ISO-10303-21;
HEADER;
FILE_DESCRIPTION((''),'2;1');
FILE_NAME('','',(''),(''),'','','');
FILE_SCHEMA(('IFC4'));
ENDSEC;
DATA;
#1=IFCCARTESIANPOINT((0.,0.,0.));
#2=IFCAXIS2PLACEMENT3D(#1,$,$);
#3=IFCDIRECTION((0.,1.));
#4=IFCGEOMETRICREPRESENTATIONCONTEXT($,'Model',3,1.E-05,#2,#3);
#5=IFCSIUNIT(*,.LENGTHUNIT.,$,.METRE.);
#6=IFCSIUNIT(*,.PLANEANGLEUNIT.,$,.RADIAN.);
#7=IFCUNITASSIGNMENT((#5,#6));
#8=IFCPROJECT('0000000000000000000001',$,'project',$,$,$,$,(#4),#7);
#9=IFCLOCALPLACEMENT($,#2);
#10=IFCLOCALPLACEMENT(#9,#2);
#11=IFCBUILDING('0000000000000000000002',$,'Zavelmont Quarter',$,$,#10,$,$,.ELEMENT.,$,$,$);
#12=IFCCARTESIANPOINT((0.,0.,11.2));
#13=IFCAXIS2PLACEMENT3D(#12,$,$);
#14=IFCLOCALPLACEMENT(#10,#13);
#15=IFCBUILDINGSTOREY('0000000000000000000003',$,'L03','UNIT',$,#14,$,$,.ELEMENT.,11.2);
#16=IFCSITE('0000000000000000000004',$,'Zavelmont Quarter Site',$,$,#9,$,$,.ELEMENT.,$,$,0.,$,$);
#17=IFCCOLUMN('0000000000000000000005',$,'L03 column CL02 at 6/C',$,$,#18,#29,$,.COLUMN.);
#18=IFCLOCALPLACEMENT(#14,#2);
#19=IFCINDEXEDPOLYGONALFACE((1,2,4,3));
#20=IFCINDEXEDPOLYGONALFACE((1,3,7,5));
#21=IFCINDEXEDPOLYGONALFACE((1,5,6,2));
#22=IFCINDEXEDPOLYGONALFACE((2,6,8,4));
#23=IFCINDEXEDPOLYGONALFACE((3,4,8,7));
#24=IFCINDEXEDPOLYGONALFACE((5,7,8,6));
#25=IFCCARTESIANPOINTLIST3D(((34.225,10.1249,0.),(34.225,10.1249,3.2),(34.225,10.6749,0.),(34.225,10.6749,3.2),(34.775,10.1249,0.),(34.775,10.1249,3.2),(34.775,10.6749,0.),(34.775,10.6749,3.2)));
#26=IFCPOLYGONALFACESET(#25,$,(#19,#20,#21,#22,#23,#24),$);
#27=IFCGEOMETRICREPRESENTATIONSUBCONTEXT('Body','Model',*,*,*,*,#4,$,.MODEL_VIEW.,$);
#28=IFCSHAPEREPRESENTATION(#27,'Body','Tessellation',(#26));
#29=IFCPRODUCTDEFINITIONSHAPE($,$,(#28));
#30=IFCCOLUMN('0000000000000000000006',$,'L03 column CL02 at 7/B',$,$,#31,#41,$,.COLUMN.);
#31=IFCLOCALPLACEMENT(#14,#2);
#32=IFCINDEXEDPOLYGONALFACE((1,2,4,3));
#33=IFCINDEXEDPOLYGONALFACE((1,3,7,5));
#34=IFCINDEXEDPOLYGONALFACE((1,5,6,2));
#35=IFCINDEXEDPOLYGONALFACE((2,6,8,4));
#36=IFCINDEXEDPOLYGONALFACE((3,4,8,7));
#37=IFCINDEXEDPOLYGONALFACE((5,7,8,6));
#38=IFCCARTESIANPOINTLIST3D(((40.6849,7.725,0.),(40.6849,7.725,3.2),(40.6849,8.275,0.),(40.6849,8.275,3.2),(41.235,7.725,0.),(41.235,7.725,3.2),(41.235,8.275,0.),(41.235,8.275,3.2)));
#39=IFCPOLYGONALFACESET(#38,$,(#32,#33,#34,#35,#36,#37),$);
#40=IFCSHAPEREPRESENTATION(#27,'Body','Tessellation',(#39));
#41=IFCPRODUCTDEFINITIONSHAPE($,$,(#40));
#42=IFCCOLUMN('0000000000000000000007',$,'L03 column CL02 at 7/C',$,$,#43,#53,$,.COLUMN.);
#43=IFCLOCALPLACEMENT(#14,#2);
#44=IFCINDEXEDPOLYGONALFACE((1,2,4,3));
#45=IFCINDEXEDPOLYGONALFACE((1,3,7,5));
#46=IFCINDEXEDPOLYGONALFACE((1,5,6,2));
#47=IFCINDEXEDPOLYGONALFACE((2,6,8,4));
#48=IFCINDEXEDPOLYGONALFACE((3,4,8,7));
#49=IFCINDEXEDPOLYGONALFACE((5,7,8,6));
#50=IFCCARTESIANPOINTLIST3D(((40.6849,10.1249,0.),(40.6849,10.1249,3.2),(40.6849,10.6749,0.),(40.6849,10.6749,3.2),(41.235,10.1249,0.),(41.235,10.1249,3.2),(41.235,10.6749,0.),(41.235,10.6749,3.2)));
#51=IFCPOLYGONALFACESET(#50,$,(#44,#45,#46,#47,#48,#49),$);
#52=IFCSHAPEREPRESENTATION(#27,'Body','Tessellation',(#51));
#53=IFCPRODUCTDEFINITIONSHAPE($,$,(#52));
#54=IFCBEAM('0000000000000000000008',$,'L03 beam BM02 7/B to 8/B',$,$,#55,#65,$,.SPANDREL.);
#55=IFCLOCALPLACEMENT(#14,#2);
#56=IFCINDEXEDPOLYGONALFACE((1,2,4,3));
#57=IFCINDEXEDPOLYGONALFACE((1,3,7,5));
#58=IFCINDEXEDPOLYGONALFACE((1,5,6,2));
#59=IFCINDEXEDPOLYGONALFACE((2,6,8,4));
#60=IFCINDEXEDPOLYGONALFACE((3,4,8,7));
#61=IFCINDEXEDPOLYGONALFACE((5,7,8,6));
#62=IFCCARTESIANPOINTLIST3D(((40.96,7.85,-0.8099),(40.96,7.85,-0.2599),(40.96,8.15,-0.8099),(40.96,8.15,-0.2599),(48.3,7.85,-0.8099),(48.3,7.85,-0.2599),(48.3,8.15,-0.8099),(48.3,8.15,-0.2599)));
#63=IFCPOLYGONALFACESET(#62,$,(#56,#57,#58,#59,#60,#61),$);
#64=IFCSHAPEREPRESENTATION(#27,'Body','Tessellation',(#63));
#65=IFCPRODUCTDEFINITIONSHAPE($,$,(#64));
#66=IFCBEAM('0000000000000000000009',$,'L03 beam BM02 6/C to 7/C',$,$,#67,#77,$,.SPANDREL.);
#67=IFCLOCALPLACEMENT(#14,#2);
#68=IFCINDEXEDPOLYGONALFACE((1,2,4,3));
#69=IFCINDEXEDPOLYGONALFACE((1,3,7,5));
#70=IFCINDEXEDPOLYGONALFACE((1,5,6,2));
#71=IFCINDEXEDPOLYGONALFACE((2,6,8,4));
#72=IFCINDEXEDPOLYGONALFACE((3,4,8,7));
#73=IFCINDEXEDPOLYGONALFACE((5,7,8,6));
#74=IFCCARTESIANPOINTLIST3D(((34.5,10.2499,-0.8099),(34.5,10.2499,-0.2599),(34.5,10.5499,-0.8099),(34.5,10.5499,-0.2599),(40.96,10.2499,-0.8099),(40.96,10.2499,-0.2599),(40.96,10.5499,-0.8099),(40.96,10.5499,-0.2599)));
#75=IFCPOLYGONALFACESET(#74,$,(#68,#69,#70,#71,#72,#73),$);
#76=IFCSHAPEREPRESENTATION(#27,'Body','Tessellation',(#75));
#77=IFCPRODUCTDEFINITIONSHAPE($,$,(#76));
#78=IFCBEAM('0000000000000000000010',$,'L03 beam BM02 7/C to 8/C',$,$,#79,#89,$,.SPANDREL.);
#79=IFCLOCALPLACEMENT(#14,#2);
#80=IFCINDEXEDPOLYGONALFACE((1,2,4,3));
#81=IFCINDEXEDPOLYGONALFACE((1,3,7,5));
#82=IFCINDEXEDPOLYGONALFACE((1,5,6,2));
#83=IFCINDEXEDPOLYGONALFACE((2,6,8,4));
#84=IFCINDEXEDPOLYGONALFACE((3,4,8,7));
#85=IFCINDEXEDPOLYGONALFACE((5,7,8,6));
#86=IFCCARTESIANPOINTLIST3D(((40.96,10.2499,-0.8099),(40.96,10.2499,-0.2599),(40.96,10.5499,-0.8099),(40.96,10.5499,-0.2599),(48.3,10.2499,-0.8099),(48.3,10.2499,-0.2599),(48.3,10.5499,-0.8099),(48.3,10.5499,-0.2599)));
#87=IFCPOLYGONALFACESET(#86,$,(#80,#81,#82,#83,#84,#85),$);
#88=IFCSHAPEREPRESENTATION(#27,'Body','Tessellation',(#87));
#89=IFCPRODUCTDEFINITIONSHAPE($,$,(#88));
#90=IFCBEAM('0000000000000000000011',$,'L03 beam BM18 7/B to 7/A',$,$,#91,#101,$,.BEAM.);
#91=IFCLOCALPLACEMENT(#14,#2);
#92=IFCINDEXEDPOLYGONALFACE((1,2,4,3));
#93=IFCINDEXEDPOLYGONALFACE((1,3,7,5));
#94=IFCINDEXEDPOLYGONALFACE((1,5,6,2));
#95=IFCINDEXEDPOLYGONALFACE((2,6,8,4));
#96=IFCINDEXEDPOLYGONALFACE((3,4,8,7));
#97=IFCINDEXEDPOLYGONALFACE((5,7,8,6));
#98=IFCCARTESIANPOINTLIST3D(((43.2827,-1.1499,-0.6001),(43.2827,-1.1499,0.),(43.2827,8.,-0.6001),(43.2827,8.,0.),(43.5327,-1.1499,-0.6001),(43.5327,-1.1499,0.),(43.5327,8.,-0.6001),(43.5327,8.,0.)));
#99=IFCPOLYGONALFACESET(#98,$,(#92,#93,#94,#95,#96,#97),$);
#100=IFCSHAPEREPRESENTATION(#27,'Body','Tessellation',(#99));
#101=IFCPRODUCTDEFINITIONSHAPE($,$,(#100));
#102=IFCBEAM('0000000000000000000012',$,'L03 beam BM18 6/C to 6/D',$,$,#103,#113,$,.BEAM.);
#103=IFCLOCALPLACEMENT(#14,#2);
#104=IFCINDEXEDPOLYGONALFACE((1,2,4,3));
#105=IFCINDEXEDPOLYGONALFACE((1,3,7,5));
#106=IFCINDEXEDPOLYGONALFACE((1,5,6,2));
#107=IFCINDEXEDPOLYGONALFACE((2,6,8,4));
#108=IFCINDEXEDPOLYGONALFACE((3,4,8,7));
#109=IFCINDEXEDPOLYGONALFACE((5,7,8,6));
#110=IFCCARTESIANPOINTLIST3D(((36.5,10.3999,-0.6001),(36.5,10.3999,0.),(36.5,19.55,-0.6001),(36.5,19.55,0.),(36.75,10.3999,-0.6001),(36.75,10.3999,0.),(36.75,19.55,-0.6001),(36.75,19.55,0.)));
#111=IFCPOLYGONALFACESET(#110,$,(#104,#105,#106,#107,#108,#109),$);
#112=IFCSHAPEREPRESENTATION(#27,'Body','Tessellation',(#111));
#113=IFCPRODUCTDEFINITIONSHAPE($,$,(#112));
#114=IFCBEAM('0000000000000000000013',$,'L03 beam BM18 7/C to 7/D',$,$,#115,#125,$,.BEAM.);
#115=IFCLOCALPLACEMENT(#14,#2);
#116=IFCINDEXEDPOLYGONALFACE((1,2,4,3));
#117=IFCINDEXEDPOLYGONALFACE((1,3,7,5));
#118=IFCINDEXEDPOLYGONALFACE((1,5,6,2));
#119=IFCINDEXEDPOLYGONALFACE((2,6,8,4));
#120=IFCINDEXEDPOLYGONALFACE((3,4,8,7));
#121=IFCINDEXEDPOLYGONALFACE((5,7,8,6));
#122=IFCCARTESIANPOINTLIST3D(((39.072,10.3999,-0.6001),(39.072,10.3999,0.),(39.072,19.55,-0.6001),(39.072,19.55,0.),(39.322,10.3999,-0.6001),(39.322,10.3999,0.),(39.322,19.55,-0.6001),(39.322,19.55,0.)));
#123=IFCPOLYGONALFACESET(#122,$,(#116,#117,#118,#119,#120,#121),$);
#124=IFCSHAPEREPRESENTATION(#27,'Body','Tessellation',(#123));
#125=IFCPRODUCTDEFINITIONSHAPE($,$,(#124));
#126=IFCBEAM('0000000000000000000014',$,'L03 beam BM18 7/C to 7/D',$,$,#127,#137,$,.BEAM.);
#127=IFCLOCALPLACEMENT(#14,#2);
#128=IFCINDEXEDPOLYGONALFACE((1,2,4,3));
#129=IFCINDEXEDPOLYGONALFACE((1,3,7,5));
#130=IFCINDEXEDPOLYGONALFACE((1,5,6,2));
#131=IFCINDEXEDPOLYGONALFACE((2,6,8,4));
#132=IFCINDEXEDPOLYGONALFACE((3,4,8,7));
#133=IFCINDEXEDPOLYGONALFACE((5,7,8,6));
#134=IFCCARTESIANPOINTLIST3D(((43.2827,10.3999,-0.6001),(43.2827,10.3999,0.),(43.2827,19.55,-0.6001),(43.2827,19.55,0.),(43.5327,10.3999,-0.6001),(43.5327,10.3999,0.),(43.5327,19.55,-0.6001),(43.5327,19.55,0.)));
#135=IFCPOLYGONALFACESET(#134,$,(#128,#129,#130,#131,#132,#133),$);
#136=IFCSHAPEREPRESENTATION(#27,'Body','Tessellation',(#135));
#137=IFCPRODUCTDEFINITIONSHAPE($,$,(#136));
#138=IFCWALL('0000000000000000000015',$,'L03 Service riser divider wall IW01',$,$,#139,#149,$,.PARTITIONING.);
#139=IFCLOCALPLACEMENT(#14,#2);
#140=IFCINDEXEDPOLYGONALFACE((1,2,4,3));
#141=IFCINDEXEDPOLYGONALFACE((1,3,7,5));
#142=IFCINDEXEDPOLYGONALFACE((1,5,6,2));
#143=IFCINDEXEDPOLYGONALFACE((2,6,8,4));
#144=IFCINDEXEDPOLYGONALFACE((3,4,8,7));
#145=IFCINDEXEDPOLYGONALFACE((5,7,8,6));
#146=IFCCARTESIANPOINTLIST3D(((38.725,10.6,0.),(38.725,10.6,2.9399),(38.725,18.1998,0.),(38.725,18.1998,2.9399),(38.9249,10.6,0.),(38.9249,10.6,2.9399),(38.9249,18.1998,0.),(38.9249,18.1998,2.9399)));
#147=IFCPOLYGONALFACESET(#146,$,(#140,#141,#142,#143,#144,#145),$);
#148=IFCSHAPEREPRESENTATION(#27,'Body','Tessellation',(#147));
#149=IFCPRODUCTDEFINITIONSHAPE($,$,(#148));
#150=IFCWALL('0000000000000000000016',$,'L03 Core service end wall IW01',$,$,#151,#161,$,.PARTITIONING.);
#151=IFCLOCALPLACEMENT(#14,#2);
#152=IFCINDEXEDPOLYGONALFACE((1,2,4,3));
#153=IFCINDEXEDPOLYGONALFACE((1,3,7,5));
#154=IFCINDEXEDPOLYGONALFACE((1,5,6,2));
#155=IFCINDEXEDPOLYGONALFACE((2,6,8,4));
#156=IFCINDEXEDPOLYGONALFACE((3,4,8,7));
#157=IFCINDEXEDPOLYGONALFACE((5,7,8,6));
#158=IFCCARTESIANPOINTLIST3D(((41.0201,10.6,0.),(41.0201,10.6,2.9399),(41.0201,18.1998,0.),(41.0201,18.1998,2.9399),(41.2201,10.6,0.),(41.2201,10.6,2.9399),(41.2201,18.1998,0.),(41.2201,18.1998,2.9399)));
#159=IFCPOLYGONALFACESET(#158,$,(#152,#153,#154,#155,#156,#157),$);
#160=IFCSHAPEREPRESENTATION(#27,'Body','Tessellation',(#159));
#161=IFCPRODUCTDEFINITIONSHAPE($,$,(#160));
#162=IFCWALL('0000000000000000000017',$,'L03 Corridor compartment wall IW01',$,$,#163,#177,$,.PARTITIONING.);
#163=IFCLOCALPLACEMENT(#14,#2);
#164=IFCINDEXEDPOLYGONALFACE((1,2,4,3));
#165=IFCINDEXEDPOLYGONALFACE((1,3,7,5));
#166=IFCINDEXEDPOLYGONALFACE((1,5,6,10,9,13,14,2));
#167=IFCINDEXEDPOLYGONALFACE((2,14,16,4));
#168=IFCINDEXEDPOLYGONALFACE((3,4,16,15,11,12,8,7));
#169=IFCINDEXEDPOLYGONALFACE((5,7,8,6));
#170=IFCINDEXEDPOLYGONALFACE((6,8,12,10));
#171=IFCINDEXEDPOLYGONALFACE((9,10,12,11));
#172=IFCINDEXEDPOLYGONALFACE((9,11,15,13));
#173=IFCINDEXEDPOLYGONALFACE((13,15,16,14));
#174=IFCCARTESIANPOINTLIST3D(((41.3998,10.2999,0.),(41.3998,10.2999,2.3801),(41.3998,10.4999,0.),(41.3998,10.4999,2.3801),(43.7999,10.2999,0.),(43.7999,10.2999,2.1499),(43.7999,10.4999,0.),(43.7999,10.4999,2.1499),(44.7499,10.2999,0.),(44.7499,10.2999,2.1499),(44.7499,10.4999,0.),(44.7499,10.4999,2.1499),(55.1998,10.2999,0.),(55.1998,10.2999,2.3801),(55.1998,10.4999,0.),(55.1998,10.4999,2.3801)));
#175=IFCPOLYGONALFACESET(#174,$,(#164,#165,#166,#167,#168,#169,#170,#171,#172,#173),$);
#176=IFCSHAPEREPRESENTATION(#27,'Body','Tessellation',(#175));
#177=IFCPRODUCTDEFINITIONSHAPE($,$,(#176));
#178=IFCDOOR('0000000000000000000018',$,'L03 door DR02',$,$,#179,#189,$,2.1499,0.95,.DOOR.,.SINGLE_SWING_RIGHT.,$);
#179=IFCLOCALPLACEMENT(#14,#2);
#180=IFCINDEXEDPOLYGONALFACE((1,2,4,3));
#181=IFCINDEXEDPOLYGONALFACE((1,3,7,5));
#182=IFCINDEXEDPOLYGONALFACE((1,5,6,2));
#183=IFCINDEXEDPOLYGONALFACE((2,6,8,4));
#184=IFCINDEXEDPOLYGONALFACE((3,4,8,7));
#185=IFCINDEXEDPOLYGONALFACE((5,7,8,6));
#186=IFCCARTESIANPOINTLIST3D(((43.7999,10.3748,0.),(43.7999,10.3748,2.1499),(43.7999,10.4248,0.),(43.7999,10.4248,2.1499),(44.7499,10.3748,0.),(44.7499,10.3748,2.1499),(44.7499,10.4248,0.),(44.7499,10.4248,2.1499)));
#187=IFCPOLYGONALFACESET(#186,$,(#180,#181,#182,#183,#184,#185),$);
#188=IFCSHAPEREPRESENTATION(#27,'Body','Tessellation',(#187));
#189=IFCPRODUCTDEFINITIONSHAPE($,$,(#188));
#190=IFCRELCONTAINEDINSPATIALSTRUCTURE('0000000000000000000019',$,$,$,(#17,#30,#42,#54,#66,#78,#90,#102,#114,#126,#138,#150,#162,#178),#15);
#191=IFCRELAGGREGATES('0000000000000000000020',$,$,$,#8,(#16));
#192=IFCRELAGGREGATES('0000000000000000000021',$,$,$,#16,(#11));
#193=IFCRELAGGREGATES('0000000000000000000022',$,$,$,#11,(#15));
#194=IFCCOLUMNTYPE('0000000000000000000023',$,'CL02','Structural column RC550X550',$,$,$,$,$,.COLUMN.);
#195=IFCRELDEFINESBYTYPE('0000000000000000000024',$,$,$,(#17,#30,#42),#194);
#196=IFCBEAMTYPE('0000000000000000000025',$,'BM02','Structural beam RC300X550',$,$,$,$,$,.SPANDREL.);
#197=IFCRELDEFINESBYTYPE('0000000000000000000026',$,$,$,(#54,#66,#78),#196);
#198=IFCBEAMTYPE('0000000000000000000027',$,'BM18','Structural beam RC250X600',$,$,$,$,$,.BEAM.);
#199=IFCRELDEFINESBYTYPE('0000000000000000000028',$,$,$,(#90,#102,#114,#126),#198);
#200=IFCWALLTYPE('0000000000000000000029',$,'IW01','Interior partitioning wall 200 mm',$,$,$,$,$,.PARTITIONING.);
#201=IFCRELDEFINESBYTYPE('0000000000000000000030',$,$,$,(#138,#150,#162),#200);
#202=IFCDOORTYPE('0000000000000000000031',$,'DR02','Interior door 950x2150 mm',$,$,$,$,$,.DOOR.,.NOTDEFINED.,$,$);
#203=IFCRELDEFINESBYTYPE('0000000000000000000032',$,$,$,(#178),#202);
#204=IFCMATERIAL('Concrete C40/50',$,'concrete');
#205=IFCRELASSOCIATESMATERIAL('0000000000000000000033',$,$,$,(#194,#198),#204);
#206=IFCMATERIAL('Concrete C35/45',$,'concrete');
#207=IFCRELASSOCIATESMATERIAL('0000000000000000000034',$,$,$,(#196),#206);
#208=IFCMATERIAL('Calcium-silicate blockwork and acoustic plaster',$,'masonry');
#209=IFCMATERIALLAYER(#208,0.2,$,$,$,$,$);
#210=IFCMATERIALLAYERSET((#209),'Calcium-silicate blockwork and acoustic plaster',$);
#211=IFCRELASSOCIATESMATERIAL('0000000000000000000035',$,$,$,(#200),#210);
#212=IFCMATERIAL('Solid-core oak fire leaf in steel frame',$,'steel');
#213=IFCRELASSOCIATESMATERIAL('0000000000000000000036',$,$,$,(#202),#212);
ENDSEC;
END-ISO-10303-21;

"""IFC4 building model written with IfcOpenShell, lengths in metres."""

from ifc_helpers import new_model, si_unit, direction, frame, frame_2d, origin, origin_with_axes, origin_2d, place, context, subcontext, project, spatial, rectangle, extrude, material, layer, layer_set, material_profile, profile_set, type_object, element, fill, save


model = new_model("IFC4")

# Units and contexts
model_context = context("Model", 3, precision=1e-05, world=origin(), true_north=direction((0.0, 1.0)))
body_context = subcontext(model_context, "Body", "Model", "MODEL_VIEW")
ifc_project = project(units=[si_unit("LENGTHUNIT", "METRE"), si_unit("PLANEANGLEUNIT", "RADIAN")], contexts=[model_context])

# Site, building, storey
site_placement = place(None, origin())
site = spatial("IfcSite", under=ifc_project, at=site_placement, Name="Zavelmont Quarter Site", CompositionType="ELEMENT", RefElevation=0.0)
building_placement = place(site_placement, origin())
building = spatial("IfcBuilding", under=site, at=building_placement, Name="Zavelmont Quarter", CompositionType="ELEMENT")
storey_placement = place(building_placement, frame((0.0, 0.0, 11.2)))
storey = spatial("IfcBuildingStorey", under=building, at=storey_placement, Name="L03", Description="UNIT", CompositionType="ELEMENT", Elevation=11.2)

# Columns
ifc_material_1 = material(Name="Concrete C40/50", Category="concrete")
ifc_material_profile_1 = material_profile(ifc_material_1, rectangle(XDim=0.55, YDim=0.55, at=origin_2d()), Name="RC550X550")
ifc_profile_set_1 = profile_set([ifc_material_profile_1], Name="Concrete C40/50")
column_type = type_object("IfcColumnType", Name="CL02", Description="Structural column RC550X550", PredefinedType="COLUMN", material=ifc_profile_set_1)
for number, where, z_axis, x_axis, name in (
    (1, (34.5, 10.3999, 0.0), (0.0, 0.0, 1.0), (1.0, 0.0, 0.0), "L03 column CL02 at 6/C"),
    (2, (40.96, 8.0, 0.0), (0.0, 0.0, 1.0), (1.0, 0.0, 0.0), "L03 column CL02 at 7/B"),
    (3, (40.96, 10.3999, 0.0), (0.0, 0.0, 1.0), (1.0, 0.0, 0.0), "L03 column CL02 at 7/C"),
):
    element("IfcColumn", number, at=place(storey_placement, frame(where, z_axis=z_axis, x_axis=x_axis)), inside=storey, type_object=column_type, Name=name, PredefinedType="COLUMN", context=body_context, shape_type="SweptSolid", body=[
        extrude(rectangle(XDim=0.55, YDim=0.55, at=origin_2d()), origin(), (0.0, 0.0, 1.0), 3.2),
    ])

# Beams
ifc_material_2 = material(Name="Concrete C35/45", Category="concrete")
ifc_material_profile_2 = material_profile(ifc_material_2, rectangle(XDim=0.3, YDim=0.55, at=origin_2d()), Name="RC300X550")
ifc_profile_set_2 = profile_set([ifc_material_profile_2], Name="Concrete C35/45")
beam_type_1 = type_object("IfcBeamType", Name="BM02", Description="Structural beam RC300X550", PredefinedType="SPANDREL", material=ifc_profile_set_2)
beam_1_placement = place(storey_placement, frame((40.96, 8.0, -0.5349), z_axis=(1.0, 0.0, 0.0), x_axis=(0.0, 1.0, 0.0)))
element("IfcBeam", 4, at=beam_1_placement, inside=storey, type_object=beam_type_1, Name="L03 beam BM02 7/B to 8/B", PredefinedType="SPANDREL", context=body_context, shape_type="SweptSolid", body=[
    extrude(rectangle(XDim=0.3, YDim=0.55, at=origin_2d()), origin(), (0.0, 0.0, 1.0), 7.3401),
])
beam_2_placement = place(storey_placement, frame((34.5, 10.3999, -0.5349), z_axis=(1.0, 0.0, 0.0), x_axis=(0.0, 1.0, 0.0)))
element("IfcBeam", 5, at=beam_2_placement, inside=storey, type_object=beam_type_1, Name="L03 beam BM02 6/C to 7/C", PredefinedType="SPANDREL", context=body_context, shape_type="SweptSolid", body=[
    extrude(rectangle(XDim=0.3, YDim=0.55, at=origin_2d()), origin(), (0.0, 0.0, 1.0), 6.46),
])
beam_3_placement = place(storey_placement, frame((40.96, 10.3999, -0.5349), z_axis=(1.0, 0.0, 0.0), x_axis=(0.0, 1.0, 0.0)))
element("IfcBeam", 6, at=beam_3_placement, inside=storey, type_object=beam_type_1, Name="L03 beam BM02 7/C to 8/C", PredefinedType="SPANDREL", context=body_context, shape_type="SweptSolid", body=[
    extrude(rectangle(XDim=0.3, YDim=0.55, at=origin_2d()), origin(), (0.0, 0.0, 1.0), 7.3401),
])
ifc_material_profile_3 = material_profile(ifc_material_1, rectangle(XDim=0.25, YDim=0.6001, at=origin_2d()), Name="RC250X600")
ifc_profile_set_3 = profile_set([ifc_material_profile_3], Name="Concrete C40/50")
beam_type_2 = type_object("IfcBeamType", Name="BM18", Description="Structural beam RC250X600", PredefinedType="BEAM", material=ifc_profile_set_3)
beam_4_placement = place(storey_placement, frame((43.4077, 8.0, -0.3), z_axis=(0.0, -1.0, 0.0), x_axis=(1.0, 0.0, 0.0)))
element("IfcBeam", 7, at=beam_4_placement, inside=storey, type_object=beam_type_2, Name="L03 beam BM18 7/B to 7/A", PredefinedType="BEAM", context=body_context, shape_type="SweptSolid", body=[
    extrude(rectangle(XDim=0.25, YDim=0.6001, at=origin_2d()), origin(), (0.0, 0.0, 1.0), 9.1499),
])
for number, where, z_axis, x_axis, name in (
    (8, (36.625, 10.3999, -0.3), (0.0, 1.0, 0.0), (-1.0, 0.0, 0.0), "L03 beam BM18 6/C to 6/D"),
    (9, (39.197, 10.3999, -0.3), (0.0, 1.0, 0.0), (-1.0, 0.0, 0.0), "L03 beam BM18 7/C to 7/D"),
    (10, (43.4077, 10.3999, -0.3), (0.0, 1.0, 0.0), (-1.0, 0.0, 0.0), "L03 beam BM18 7/C to 7/D"),
):
    element("IfcBeam", number, at=place(storey_placement, frame(where, z_axis=z_axis, x_axis=x_axis)), inside=storey, type_object=beam_type_2, Name=name, PredefinedType="BEAM", context=body_context, shape_type="SweptSolid", body=[
        extrude(rectangle(XDim=0.25, YDim=0.6001, at=origin_2d()), origin(), (0.0, 0.0, 1.0), 9.1501),
    ])

# Walls
ifc_material_3 = material(Name="Calcium-silicate blockwork and acoustic plaster", Category="masonry")
ifc_layer_1 = layer(ifc_material_3, 0.2)
ifc_layer_set_1 = layer_set([ifc_layer_1], Name="Calcium-silicate blockwork and acoustic plaster")
wall_type_1 = type_object("IfcWallType", Name="IW01", Description="Interior partitioning wall 200 mm", PredefinedType="PARTITIONING", material=ifc_layer_set_1)
for number, where, z_axis, x_axis, name in (
    (11, (38.825, 10.6001, 0.0), (0.0, 0.0, 1.0), (0.0, 1.0, 0.0), "L03 Service riser divider wall IW01"),
    (12, (41.1201, 10.6001, 0.0), (0.0, 0.0, 1.0), (0.0, 1.0, 0.0), "L03 Core service end wall IW01"),
):
    element("IfcWall", number, at=place(storey_placement, frame(where, z_axis=z_axis, x_axis=x_axis)), inside=storey, type_object=wall_type_1, Name=name, PredefinedType="PARTITIONING", context=body_context, shape_type="SweptSolid", body=[
        extrude(rectangle(XDim=7.5999, YDim=0.2, at=frame_2d((3.7998, 0.0))), origin(), (0.0, 0.0, 1.0), 2.9399),
    ])

# Wall, opening, door
ifc_material_4 = material(Name="Solid-core oak fire leaf in steel frame", Category="steel")
door_type_1 = type_object("IfcDoorType", Name="DR02", Description="Interior door 950x2150 mm", OperationType="NOTDEFINED", PredefinedType="DOOR", material=ifc_material_4)
wall_1_placement = place(storey_placement, frame((41.3999, 10.3999, 0.0), z_axis=(0.0, 0.0, 1.0), x_axis=(1.0, 0.0, 0.0)))
wall_1 = element("IfcWall", 13, at=wall_1_placement, inside=storey, type_object=wall_type_1, Name="L03 Corridor compartment wall IW01", PredefinedType="PARTITIONING", context=body_context, shape_type="SweptSolid", body=[
    extrude(rectangle(XDim=13.8, YDim=0.2, at=frame_2d((6.8999, 0.0))), origin(), (0.0, 0.0, 1.0), 2.3801),
])
opening_1_placement = place(wall_1_placement, frame((2.3999, 0.0, 0.0)))
opening_1 = element("IfcOpeningElement", 14, at=opening_1_placement, cuts=wall_1, PredefinedType="OPENING", context=body_context, shape_type="SweptSolid", body=[
    extrude(rectangle(XDim=0.95, YDim=2.1499, at=frame_2d((0.4751, 1.075))), frame((0.0, 0.1118, 0.0), z_axis=(0.0, -1.0, 0.0), x_axis=(1.0, 0.0, 0.0)), (0.0, 0.0, 1.0), 0.2239),
])
door_1_placement = place(opening_1_placement, origin_with_axes())
door_1 = element("IfcDoor", 15, at=door_1_placement, inside=storey, type_object=door_type_1, Name="L03 door DR02", OperationType="SINGLE_SWING_RIGHT", OverallHeight=2.1499, OverallWidth=0.95, PredefinedType="DOOR", context=body_context, shape_type="SweptSolid", body=[
    extrude(rectangle(XDim=0.95, YDim=2.1499, at=frame_2d((0.4751, 1.075))), frame((0.0, 0.0249, 0.0), z_axis=(0.0, -1.0, 0.0), x_axis=(1.0, 0.0, 0.0)), (0.0, 0.0, 1.0), 0.05),
])
fill(opening_1, door_1)

save(model, "model.ifc")
